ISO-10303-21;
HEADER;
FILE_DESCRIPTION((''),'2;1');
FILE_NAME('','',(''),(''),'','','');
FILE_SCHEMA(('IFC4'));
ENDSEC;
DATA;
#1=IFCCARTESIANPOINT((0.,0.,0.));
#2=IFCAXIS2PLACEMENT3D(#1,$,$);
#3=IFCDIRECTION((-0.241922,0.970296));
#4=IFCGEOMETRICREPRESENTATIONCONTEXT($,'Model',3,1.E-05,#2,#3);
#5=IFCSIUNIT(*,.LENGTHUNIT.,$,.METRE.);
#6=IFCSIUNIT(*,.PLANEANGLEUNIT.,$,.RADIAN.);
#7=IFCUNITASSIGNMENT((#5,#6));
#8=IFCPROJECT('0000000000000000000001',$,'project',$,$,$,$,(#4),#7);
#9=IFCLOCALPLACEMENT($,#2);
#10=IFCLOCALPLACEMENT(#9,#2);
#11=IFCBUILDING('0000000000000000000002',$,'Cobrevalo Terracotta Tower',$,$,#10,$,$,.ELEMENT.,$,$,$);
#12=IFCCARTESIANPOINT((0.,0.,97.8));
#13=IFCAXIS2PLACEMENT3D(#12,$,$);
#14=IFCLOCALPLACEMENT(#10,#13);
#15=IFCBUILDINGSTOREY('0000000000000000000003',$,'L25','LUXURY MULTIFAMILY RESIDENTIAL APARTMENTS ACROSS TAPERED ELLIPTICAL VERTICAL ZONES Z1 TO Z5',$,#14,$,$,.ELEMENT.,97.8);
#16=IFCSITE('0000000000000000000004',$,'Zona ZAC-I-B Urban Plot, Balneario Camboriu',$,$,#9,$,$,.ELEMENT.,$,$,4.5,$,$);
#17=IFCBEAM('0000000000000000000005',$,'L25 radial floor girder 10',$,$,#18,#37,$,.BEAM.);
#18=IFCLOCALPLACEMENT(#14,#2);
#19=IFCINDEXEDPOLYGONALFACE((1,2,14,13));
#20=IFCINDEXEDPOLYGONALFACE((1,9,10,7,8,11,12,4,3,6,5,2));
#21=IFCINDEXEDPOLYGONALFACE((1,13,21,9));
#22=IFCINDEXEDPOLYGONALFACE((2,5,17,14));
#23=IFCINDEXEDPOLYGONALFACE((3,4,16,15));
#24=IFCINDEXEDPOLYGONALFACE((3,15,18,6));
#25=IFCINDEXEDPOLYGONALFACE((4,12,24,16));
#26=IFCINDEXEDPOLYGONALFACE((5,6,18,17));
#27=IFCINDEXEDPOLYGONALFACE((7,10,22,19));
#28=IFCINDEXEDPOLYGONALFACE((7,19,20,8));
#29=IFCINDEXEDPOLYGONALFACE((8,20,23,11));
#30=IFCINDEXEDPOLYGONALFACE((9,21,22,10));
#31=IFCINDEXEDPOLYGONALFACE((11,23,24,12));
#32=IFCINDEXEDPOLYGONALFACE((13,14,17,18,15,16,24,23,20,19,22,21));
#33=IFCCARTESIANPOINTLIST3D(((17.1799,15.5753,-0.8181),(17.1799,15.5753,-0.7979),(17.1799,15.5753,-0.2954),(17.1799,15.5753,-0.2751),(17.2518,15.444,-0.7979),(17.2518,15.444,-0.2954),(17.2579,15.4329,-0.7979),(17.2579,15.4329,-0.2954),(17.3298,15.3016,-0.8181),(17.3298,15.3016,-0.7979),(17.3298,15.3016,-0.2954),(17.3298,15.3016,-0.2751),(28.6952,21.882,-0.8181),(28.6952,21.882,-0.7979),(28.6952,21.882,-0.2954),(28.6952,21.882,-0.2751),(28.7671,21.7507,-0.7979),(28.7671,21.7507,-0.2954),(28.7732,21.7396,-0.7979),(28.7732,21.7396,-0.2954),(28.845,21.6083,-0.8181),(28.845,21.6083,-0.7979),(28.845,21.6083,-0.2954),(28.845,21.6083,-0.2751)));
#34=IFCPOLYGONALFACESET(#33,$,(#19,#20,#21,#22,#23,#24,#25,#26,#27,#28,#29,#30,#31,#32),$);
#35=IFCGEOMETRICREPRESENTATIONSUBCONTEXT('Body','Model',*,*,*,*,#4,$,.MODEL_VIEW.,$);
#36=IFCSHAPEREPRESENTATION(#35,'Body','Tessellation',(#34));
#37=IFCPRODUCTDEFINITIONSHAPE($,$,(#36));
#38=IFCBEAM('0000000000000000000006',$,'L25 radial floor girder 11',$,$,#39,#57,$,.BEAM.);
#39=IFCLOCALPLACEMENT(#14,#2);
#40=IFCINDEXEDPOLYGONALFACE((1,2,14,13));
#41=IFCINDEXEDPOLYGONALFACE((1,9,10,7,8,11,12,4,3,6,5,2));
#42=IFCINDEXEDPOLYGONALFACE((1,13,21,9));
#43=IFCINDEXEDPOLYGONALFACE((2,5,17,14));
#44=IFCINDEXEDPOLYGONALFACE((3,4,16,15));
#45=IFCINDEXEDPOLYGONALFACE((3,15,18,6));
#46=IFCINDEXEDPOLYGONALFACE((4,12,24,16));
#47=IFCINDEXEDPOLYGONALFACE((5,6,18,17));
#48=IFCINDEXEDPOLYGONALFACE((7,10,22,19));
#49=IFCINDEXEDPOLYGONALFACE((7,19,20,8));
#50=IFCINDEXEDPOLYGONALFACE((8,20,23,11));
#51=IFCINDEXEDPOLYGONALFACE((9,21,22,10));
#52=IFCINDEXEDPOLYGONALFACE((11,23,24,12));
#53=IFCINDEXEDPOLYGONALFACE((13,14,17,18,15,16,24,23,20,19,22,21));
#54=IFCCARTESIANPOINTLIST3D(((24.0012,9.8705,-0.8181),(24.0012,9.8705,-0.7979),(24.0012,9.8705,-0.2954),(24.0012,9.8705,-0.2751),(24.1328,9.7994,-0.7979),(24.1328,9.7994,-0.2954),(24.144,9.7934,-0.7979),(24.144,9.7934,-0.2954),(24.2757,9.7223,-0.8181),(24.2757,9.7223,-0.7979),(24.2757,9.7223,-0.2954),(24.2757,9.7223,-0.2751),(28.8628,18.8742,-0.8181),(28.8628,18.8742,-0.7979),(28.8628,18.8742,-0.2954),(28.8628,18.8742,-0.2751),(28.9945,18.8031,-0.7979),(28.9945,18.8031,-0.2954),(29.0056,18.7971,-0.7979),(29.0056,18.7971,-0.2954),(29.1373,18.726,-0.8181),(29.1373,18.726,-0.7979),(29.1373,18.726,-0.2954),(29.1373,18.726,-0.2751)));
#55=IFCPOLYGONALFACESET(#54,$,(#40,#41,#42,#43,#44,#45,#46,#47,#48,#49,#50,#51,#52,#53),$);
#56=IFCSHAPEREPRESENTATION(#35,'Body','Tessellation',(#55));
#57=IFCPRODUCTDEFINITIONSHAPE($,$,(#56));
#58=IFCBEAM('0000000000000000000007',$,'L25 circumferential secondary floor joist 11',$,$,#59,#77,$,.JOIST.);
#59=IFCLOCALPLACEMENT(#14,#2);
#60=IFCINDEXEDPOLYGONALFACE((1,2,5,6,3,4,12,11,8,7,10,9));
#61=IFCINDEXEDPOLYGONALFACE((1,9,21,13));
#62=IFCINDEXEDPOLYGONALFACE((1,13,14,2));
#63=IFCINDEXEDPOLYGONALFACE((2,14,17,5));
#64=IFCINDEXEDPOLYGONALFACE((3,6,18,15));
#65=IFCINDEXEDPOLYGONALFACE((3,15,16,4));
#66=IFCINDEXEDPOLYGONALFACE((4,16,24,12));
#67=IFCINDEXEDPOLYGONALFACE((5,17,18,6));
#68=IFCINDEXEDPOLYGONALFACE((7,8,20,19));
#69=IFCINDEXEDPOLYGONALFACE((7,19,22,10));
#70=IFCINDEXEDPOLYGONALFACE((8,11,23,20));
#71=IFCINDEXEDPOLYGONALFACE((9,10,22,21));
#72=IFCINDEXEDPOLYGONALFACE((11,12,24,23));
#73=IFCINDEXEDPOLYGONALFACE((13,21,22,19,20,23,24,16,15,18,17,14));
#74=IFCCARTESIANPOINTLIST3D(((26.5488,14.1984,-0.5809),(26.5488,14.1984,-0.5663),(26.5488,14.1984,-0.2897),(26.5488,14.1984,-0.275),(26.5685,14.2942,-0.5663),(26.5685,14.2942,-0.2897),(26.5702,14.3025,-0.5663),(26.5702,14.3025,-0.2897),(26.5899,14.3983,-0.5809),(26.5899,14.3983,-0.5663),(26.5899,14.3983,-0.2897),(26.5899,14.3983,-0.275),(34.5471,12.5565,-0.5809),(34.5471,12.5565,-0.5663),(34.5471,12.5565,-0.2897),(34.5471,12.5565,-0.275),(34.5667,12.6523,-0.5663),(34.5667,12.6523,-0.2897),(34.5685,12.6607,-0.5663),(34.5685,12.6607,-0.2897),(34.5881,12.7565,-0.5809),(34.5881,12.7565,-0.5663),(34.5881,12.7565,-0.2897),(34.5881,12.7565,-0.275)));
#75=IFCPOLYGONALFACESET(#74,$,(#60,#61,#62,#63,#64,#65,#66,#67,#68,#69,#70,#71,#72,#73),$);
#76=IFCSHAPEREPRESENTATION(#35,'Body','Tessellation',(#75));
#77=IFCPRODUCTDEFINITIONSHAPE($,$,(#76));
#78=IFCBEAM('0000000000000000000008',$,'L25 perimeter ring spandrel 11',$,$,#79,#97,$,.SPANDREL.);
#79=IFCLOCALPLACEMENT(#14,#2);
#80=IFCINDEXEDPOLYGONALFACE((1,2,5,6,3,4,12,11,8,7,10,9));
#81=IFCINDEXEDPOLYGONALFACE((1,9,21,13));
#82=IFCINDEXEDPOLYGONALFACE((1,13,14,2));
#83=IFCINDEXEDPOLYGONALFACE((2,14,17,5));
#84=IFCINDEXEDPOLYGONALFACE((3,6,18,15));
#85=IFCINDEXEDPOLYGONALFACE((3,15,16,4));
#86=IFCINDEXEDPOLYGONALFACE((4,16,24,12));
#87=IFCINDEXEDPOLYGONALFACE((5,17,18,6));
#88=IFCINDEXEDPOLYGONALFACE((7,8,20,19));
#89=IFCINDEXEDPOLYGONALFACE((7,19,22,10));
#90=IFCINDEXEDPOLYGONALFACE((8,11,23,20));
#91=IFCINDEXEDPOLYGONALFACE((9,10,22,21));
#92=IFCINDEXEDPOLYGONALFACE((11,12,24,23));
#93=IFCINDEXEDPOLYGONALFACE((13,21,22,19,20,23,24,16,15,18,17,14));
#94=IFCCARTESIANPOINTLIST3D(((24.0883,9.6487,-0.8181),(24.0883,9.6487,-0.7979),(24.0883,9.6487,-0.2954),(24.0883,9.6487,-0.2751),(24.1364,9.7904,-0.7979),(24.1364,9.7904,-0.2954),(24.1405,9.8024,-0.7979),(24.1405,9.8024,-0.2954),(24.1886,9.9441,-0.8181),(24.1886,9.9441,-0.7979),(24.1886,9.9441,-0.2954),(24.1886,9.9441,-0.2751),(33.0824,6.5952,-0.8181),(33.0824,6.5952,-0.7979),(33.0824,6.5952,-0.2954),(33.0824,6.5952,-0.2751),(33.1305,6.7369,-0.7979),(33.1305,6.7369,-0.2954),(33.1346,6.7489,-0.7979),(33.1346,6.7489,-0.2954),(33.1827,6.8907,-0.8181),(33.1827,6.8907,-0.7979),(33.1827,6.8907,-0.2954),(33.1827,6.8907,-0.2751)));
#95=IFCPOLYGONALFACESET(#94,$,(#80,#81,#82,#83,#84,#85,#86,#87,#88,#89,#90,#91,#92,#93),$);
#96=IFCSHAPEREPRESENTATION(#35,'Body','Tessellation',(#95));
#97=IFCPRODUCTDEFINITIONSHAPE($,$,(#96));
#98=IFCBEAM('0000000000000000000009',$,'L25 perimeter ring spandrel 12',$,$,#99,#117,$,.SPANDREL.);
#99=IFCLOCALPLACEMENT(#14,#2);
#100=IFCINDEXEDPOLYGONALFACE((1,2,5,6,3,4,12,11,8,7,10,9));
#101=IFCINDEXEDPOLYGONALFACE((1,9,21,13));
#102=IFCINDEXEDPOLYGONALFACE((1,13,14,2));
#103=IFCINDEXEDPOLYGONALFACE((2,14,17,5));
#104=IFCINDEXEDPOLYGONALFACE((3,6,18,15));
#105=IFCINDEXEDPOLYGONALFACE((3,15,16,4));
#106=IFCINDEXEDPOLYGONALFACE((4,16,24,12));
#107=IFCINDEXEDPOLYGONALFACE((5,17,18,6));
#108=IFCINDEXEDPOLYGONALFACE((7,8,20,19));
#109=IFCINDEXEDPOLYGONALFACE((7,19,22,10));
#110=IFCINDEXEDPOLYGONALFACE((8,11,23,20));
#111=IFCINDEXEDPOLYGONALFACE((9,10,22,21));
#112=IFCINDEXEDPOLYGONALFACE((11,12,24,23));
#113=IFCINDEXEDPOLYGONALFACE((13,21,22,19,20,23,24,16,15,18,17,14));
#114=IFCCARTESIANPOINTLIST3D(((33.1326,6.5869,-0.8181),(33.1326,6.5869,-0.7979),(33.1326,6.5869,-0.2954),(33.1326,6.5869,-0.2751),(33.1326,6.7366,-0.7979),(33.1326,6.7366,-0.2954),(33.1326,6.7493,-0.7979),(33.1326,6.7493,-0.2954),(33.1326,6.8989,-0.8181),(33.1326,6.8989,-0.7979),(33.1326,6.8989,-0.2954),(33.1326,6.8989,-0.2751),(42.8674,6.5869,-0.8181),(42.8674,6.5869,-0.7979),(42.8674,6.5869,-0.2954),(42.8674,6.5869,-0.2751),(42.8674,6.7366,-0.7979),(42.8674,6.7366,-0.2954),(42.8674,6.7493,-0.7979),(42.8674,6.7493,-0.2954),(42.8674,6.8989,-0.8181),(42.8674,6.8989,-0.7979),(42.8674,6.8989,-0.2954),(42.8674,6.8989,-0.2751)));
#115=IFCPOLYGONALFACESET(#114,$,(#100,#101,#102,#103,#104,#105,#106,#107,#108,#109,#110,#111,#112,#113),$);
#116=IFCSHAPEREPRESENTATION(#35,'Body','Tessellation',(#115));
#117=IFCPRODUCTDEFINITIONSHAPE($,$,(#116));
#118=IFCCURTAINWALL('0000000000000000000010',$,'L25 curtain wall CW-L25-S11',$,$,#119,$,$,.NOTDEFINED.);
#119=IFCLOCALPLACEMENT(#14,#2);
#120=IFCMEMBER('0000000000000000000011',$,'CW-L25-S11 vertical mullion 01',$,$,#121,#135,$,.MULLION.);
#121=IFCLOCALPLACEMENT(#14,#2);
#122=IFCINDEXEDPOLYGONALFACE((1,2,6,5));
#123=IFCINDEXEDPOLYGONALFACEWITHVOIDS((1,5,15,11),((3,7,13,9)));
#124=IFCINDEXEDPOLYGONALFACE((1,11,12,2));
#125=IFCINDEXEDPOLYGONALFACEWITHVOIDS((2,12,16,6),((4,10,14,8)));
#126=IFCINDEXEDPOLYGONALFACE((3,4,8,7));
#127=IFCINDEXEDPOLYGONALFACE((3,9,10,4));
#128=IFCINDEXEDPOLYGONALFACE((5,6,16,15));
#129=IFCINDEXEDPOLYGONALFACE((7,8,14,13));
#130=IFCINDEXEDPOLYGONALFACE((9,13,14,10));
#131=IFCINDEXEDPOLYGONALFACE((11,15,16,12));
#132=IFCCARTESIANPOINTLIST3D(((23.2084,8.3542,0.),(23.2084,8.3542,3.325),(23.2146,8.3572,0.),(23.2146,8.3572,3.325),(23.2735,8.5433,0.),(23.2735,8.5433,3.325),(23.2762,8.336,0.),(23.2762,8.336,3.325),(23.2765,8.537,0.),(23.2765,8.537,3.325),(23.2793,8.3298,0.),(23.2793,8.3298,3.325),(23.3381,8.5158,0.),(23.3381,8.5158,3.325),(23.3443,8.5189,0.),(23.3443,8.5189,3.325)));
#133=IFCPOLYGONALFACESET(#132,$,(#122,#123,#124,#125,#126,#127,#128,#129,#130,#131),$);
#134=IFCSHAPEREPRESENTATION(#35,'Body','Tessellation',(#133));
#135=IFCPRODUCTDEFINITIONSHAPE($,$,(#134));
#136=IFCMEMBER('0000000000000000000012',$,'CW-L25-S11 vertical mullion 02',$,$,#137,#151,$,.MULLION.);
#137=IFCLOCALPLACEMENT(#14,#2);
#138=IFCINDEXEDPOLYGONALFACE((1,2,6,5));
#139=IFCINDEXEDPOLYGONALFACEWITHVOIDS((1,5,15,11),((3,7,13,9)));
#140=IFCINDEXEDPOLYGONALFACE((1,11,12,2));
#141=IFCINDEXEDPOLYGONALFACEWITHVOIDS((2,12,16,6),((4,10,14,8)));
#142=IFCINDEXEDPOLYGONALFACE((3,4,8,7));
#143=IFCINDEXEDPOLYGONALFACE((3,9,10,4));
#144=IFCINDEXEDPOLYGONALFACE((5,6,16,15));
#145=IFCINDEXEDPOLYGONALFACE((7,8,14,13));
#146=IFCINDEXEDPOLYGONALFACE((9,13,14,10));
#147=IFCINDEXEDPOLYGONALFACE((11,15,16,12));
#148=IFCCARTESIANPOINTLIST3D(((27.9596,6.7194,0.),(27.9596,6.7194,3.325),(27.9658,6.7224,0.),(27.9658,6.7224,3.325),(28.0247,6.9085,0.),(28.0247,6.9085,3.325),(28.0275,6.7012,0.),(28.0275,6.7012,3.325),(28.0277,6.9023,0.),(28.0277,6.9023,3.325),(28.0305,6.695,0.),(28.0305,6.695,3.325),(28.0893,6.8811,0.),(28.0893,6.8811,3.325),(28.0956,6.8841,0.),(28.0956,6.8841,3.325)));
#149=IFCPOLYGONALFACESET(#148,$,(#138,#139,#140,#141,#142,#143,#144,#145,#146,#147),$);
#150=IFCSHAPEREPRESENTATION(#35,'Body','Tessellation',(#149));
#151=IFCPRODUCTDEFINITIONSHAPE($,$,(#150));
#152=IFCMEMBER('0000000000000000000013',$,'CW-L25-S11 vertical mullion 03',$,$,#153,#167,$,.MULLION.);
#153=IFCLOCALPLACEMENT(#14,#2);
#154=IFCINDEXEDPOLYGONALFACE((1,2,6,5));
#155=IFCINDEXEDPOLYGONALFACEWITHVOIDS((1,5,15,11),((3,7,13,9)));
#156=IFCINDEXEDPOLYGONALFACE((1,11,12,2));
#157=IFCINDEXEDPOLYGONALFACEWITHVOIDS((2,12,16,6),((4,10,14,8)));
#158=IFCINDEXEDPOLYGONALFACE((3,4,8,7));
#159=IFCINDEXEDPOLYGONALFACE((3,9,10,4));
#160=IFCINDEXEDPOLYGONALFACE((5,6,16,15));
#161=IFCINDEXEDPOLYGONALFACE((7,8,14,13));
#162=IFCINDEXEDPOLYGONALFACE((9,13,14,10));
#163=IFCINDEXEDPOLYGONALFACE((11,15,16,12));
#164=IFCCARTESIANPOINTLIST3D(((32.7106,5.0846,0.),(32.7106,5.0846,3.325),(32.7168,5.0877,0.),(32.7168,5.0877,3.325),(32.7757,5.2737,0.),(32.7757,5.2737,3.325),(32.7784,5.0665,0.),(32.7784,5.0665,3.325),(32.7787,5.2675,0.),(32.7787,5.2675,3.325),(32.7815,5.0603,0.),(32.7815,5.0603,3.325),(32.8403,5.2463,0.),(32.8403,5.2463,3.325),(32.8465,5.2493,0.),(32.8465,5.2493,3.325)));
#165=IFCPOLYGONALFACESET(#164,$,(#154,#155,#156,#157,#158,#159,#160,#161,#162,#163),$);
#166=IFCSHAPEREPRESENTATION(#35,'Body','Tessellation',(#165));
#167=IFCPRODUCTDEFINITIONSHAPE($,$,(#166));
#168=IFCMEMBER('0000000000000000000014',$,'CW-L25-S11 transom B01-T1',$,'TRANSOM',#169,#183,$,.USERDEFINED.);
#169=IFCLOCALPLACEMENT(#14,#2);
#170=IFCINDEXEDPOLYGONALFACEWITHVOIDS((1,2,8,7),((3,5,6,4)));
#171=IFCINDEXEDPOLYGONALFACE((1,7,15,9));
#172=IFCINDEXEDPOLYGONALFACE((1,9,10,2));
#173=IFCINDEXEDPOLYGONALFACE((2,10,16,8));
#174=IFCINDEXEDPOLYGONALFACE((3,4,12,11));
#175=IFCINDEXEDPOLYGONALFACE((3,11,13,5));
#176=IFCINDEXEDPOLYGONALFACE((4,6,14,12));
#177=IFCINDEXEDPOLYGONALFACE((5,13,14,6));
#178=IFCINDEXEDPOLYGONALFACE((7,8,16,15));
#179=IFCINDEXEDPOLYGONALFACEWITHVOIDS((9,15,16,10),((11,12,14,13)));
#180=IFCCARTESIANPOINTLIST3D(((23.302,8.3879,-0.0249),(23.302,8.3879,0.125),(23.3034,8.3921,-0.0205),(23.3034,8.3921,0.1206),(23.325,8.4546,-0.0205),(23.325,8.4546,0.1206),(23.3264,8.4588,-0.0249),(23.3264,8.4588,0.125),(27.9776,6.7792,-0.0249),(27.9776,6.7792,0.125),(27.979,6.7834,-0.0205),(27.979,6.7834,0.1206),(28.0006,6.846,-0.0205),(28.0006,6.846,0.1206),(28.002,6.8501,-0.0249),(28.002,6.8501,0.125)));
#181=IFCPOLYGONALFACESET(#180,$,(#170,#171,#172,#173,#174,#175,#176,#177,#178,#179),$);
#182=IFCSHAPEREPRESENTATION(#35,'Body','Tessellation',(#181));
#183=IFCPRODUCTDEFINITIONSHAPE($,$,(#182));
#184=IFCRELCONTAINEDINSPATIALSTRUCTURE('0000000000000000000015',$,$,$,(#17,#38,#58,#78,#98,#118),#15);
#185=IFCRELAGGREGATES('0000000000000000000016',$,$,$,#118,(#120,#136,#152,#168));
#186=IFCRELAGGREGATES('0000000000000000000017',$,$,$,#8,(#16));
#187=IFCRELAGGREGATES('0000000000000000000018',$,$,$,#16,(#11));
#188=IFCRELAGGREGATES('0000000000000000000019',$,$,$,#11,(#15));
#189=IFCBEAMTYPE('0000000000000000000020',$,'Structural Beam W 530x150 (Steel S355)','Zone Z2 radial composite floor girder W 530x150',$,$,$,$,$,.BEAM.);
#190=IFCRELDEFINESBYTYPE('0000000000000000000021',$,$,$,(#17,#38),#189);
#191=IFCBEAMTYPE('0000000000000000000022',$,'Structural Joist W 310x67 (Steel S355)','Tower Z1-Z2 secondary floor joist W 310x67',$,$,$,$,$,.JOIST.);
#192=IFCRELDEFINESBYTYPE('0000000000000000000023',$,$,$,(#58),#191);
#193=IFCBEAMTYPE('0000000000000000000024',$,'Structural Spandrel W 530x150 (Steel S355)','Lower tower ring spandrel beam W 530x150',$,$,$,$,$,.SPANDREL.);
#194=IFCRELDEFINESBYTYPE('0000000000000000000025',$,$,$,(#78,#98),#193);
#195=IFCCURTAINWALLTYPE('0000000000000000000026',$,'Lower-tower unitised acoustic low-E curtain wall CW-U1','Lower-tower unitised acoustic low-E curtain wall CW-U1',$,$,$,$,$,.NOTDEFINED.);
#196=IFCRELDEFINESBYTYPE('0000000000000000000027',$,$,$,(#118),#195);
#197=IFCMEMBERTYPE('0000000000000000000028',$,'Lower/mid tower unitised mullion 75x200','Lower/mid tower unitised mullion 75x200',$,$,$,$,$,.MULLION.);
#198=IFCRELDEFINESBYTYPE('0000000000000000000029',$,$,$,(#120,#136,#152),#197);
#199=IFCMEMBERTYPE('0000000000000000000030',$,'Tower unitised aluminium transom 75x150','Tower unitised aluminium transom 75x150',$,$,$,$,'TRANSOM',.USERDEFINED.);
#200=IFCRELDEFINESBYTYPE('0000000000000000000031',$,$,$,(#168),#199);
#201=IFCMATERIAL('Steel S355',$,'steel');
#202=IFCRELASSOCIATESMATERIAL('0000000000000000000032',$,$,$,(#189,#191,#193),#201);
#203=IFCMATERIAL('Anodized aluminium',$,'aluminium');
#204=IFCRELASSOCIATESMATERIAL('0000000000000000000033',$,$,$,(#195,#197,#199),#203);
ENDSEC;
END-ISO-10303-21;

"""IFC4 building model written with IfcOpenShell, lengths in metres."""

from ifc_helpers import new_model, si_unit, direction, frame, origin, origin_2d, place, context, subcontext, project, spatial, hollow_rectangle, i_section, extrude, source, transform, mapped, material, material_profile, profile_set, type_object, element, aggregate, save


model = new_model("IFC4")

# Units and contexts
model_context = context("Model", 3, precision=1e-05, world=origin(), true_north=direction((-0.241922, 0.970296)))
body_context = subcontext(model_context, "Body", "Model", "MODEL_VIEW")
ifc_project = project(units=[si_unit("LENGTHUNIT", "METRE"), si_unit("PLANEANGLEUNIT", "RADIAN")], contexts=[model_context])

# Site, building, storey
site_placement = place(None, origin())
site = spatial("IfcSite", under=ifc_project, at=site_placement, Name="Zona ZAC-I-B Urban Plot, Balneario Camboriu", CompositionType="ELEMENT", RefElevation=4.5)
building_placement = place(site_placement, origin())
building = spatial("IfcBuilding", under=site, at=building_placement, Name="Cobrevalo Terracotta Tower", CompositionType="ELEMENT")
storey_placement = place(building_placement, frame((0.0, 0.0, 97.8)))
storey = spatial("IfcBuildingStorey", under=building, at=storey_placement, Name="L25", Description="LUXURY MULTIFAMILY RESIDENTIAL APARTMENTS ACROSS TAPERED ELLIPTICAL VERTICAL ZONES Z1 TO Z5", CompositionType="ELEMENT", Elevation=97.8)

# Shared definitions
ifc_material_1 = material(Name="Steel S355", Category="steel")

# Beams
ifc_material_profile_1 = material_profile(ifc_material_1, i_section(OverallWidth=0.312, OverallDepth=0.543, WebThickness=0.0127, FlangeThickness=0.0203, at=origin_2d()), Name="W 530x150")
ifc_profile_set_1 = profile_set([ifc_material_profile_1], Name="Steel S355")
beam_type_1 = type_object("IfcBeamType", Name="Structural Beam W 530x150 (Steel S355)", Description="Zone Z2 radial composite floor girder W 530x150", PredefinedType="BEAM", material=ifc_profile_set_1)
beam_1_placement = place(storey_placement, frame((17.2549, 15.4385, -0.5466), z_axis=(0.877073, 0.480358, 0.0), x_axis=(-0.480358, 0.877073, 0.0)))
element("IfcBeam", 1, at=beam_1_placement, inside=storey, type_object=beam_type_1, Name="L25 radial floor girder 10", PredefinedType="BEAM", context=body_context, shape_type="SweptSolid", body=[
    extrude(i_section(OverallWidth=0.312, OverallDepth=0.543, WebThickness=0.0127, FlangeThickness=0.0203, at=origin_2d()), origin(), (0.0, 0.0, 1.0), 13.1292),
])
beam_2_placement = place(storey_placement, frame((24.1384, 9.7964, -0.5466), z_axis=(0.475118, 0.879922, 0.0), x_axis=(-0.879922, 0.475118, 0.0)))
element("IfcBeam", 2, at=beam_2_placement, inside=storey, type_object=beam_type_1, Name="L25 radial floor girder 11", PredefinedType="BEAM", context=body_context, shape_type="SweptSolid", body=[
    extrude(i_section(OverallWidth=0.312, OverallDepth=0.543, WebThickness=0.0127, FlangeThickness=0.0203, at=origin_2d()), origin(), (0.0, 0.0, 1.0), 10.2324),
])
ifc_material_profile_2 = material_profile(ifc_material_1, i_section(OverallWidth=0.2041, OverallDepth=0.3059, WebThickness=0.0085, FlangeThickness=0.0146, at=origin_2d()), Name="W 310x67")
ifc_profile_set_2 = profile_set([ifc_material_profile_2], Name="Steel S355")
beam_type_2 = type_object("IfcBeamType", Name="Structural Joist W 310x67 (Steel S355)", Description="Tower Z1-Z2 secondary floor joist W 310x67", PredefinedType="JOIST", material=ifc_profile_set_2)
beam_3_placement = place(storey_placement, frame((26.5693, 14.2983, -0.428), z_axis=(0.979574, -0.201082, 0.0), x_axis=(0.201082, 0.979574, 0.0)))
element("IfcBeam", 3, at=beam_3_placement, inside=storey, type_object=beam_type_2, Name="L25 circumferential secondary floor joist 11", PredefinedType="JOIST", context=body_context, shape_type="SweptSolid", body=[
    extrude(i_section(OverallWidth=0.2041, OverallDepth=0.3059, WebThickness=0.0085, FlangeThickness=0.0146, at=origin_2d()), origin(), (0.0, 0.0, 1.0), 8.165),
])
ifc_material_profile_3 = material_profile(ifc_material_1, i_section(OverallWidth=0.312, OverallDepth=0.543, WebThickness=0.0127, FlangeThickness=0.0203, at=origin_2d()), Name="W 530x150")
ifc_profile_set_3 = profile_set([ifc_material_profile_3], Name="Steel S355")
beam_type_3 = type_object("IfcBeamType", Name="Structural Spandrel W 530x150 (Steel S355)", Description="Lower tower ring spandrel beam W 530x150", PredefinedType="SPANDREL", material=ifc_profile_set_3)
beam_4_placement = place(storey_placement, frame((24.1384, 9.7964, -0.5466), z_axis=(0.946918, -0.321474, 0.0), x_axis=(0.321474, 0.946918, 0.0)))
element("IfcBeam", 4, at=beam_4_placement, inside=storey, type_object=beam_type_3, Name="L25 perimeter ring spandrel 11", PredefinedType="SPANDREL", context=body_context, shape_type="SweptSolid", body=[
    extrude(i_section(OverallWidth=0.312, OverallDepth=0.543, WebThickness=0.0127, FlangeThickness=0.0203, at=origin_2d()), origin(), (0.0, 0.0, 1.0), 9.4983),
])
beam_5_placement = place(storey_placement, frame((33.1326, 6.7429, -0.5466), z_axis=(1.0, 0.0, 0.0), x_axis=(0.0, 1.0, 0.0)))
element("IfcBeam", 5, at=beam_5_placement, inside=storey, type_object=beam_type_3, Name="L25 perimeter ring spandrel 12", PredefinedType="SPANDREL", context=body_context, shape_type="SweptSolid", body=[
    extrude(i_section(OverallWidth=0.312, OverallDepth=0.543, WebThickness=0.0127, FlangeThickness=0.0203, at=origin_2d()), origin(), (0.0, 0.0, 1.0), 9.7349),
])

# Curtain wall, members
ifc_material_2 = material(Name="Anodized aluminium", Category="aluminium")
curtain_wall_type = type_object("IfcCurtainWallType", Name="Lower-tower unitised acoustic low-E curtain wall CW-U1", Description="Lower-tower unitised acoustic low-E curtain wall CW-U1", PredefinedType="NOTDEFINED", material=ifc_material_2)
curtain_wall_placement = place(storey_placement, origin())
curtain_wall = element("IfcCurtainWall", 6, at=curtain_wall_placement, inside=storey, type_object=curtain_wall_type, Name="L25 curtain wall CW-L25-S11", PredefinedType="NOTDEFINED")
ifc_material_profile_4 = material_profile(ifc_material_2, hollow_rectangle(XDim=0.075, YDim=0.2, WallThickness=0.0049, at=origin_2d()), Name="CWM 75x200")
ifc_profile_set_4 = profile_set([ifc_material_profile_4], Name="Anodized aluminium")
member_type_1 = type_object("IfcMemberType", Name="Lower/mid tower unitised mullion 75x200", Description="Lower/mid tower unitised mullion 75x200", PredefinedType="MULLION", material=ifc_profile_set_4)
shared_shape_1 = source(origin(), body_context, "Body", "SweptSolid", [
    extrude(hollow_rectangle(XDim=0.075, YDim=0.2, WallThickness=0.0049, at=origin_2d()), origin(), (0.0, 0.0, 1.0), 3.325),
])
member_1_placement = place(storey_placement, frame((23.2764, 8.4365, 0.0), z_axis=(0.0, 0.0, 1.0), x_axis=(0.945598, -0.325337, 0.0)))
member_1 = element("IfcMember", 7, at=member_1_placement, type_object=member_type_1, Name="CW-L25-S11 vertical mullion 01", PredefinedType="MULLION", context=body_context, shape_type="MappedRepresentation", body=[
    mapped(shared_shape_1, transform((0.0, 0.0, 0.0), scale=1.0)),
])
member_2_placement = place(storey_placement, frame((28.0276, 6.8018, 0.0), z_axis=(0.0, 0.0, 1.0), x_axis=(0.945598, -0.325337, 0.0)))
member_2 = element("IfcMember", 8, at=member_2_placement, type_object=member_type_1, Name="CW-L25-S11 vertical mullion 02", PredefinedType="MULLION", context=body_context, shape_type="MappedRepresentation", body=[
    mapped(shared_shape_1, transform((0.0, 0.0, 0.0), scale=1.0)),
])
member_3_placement = place(storey_placement, frame((32.7786, 5.167, 0.0), z_axis=(0.0, 0.0, 1.0), x_axis=(0.945598, -0.325337, 0.0)))
member_3 = element("IfcMember", 9, at=member_3_placement, type_object=member_type_1, Name="CW-L25-S11 vertical mullion 03", PredefinedType="MULLION", context=body_context, shape_type="MappedRepresentation", body=[
    mapped(shared_shape_1, transform((0.0, 0.0, 0.0), scale=1.0)),
])
ifc_material_profile_5 = material_profile(ifc_material_2, hollow_rectangle(XDim=0.075, YDim=0.1499, WallThickness=0.0044, at=origin_2d()), Name="CWT 75x150")
ifc_profile_set_5 = profile_set([ifc_material_profile_5], Name="Anodized aluminium")
member_type_2 = type_object("IfcMemberType", Name="Tower unitised aluminium transom 75x150", Description="Tower unitised aluminium transom 75x150", ElementType="TRANSOM", PredefinedType="USERDEFINED", material=ifc_profile_set_5)
shared_shape_2 = source(origin(), body_context, "Body", "SweptSolid", [
    extrude(hollow_rectangle(XDim=0.075, YDim=0.1499, WallThickness=0.0044, at=origin_2d()), origin(), (0.0, 0.0, 1.0), 4.9446),
])
member_4_placement = place(storey_placement, frame((23.3142, 8.4233, 0.05), z_axis=(0.945598, -0.325338, 0.0), x_axis=(0.325338, 0.945598, 0.0)))
member_4 = element("IfcMember", 10, at=member_4_placement, type_object=member_type_2, Name="CW-L25-S11 transom B01-T1", ObjectType="TRANSOM", PredefinedType="USERDEFINED", context=body_context, shape_type="MappedRepresentation", body=[
    mapped(shared_shape_2, transform((0.0, 0.0, 0.0), scale=1.0)),
])
aggregate(curtain_wall, [member_1, member_2, member_3, member_4])

save(model, "model.ifc")
